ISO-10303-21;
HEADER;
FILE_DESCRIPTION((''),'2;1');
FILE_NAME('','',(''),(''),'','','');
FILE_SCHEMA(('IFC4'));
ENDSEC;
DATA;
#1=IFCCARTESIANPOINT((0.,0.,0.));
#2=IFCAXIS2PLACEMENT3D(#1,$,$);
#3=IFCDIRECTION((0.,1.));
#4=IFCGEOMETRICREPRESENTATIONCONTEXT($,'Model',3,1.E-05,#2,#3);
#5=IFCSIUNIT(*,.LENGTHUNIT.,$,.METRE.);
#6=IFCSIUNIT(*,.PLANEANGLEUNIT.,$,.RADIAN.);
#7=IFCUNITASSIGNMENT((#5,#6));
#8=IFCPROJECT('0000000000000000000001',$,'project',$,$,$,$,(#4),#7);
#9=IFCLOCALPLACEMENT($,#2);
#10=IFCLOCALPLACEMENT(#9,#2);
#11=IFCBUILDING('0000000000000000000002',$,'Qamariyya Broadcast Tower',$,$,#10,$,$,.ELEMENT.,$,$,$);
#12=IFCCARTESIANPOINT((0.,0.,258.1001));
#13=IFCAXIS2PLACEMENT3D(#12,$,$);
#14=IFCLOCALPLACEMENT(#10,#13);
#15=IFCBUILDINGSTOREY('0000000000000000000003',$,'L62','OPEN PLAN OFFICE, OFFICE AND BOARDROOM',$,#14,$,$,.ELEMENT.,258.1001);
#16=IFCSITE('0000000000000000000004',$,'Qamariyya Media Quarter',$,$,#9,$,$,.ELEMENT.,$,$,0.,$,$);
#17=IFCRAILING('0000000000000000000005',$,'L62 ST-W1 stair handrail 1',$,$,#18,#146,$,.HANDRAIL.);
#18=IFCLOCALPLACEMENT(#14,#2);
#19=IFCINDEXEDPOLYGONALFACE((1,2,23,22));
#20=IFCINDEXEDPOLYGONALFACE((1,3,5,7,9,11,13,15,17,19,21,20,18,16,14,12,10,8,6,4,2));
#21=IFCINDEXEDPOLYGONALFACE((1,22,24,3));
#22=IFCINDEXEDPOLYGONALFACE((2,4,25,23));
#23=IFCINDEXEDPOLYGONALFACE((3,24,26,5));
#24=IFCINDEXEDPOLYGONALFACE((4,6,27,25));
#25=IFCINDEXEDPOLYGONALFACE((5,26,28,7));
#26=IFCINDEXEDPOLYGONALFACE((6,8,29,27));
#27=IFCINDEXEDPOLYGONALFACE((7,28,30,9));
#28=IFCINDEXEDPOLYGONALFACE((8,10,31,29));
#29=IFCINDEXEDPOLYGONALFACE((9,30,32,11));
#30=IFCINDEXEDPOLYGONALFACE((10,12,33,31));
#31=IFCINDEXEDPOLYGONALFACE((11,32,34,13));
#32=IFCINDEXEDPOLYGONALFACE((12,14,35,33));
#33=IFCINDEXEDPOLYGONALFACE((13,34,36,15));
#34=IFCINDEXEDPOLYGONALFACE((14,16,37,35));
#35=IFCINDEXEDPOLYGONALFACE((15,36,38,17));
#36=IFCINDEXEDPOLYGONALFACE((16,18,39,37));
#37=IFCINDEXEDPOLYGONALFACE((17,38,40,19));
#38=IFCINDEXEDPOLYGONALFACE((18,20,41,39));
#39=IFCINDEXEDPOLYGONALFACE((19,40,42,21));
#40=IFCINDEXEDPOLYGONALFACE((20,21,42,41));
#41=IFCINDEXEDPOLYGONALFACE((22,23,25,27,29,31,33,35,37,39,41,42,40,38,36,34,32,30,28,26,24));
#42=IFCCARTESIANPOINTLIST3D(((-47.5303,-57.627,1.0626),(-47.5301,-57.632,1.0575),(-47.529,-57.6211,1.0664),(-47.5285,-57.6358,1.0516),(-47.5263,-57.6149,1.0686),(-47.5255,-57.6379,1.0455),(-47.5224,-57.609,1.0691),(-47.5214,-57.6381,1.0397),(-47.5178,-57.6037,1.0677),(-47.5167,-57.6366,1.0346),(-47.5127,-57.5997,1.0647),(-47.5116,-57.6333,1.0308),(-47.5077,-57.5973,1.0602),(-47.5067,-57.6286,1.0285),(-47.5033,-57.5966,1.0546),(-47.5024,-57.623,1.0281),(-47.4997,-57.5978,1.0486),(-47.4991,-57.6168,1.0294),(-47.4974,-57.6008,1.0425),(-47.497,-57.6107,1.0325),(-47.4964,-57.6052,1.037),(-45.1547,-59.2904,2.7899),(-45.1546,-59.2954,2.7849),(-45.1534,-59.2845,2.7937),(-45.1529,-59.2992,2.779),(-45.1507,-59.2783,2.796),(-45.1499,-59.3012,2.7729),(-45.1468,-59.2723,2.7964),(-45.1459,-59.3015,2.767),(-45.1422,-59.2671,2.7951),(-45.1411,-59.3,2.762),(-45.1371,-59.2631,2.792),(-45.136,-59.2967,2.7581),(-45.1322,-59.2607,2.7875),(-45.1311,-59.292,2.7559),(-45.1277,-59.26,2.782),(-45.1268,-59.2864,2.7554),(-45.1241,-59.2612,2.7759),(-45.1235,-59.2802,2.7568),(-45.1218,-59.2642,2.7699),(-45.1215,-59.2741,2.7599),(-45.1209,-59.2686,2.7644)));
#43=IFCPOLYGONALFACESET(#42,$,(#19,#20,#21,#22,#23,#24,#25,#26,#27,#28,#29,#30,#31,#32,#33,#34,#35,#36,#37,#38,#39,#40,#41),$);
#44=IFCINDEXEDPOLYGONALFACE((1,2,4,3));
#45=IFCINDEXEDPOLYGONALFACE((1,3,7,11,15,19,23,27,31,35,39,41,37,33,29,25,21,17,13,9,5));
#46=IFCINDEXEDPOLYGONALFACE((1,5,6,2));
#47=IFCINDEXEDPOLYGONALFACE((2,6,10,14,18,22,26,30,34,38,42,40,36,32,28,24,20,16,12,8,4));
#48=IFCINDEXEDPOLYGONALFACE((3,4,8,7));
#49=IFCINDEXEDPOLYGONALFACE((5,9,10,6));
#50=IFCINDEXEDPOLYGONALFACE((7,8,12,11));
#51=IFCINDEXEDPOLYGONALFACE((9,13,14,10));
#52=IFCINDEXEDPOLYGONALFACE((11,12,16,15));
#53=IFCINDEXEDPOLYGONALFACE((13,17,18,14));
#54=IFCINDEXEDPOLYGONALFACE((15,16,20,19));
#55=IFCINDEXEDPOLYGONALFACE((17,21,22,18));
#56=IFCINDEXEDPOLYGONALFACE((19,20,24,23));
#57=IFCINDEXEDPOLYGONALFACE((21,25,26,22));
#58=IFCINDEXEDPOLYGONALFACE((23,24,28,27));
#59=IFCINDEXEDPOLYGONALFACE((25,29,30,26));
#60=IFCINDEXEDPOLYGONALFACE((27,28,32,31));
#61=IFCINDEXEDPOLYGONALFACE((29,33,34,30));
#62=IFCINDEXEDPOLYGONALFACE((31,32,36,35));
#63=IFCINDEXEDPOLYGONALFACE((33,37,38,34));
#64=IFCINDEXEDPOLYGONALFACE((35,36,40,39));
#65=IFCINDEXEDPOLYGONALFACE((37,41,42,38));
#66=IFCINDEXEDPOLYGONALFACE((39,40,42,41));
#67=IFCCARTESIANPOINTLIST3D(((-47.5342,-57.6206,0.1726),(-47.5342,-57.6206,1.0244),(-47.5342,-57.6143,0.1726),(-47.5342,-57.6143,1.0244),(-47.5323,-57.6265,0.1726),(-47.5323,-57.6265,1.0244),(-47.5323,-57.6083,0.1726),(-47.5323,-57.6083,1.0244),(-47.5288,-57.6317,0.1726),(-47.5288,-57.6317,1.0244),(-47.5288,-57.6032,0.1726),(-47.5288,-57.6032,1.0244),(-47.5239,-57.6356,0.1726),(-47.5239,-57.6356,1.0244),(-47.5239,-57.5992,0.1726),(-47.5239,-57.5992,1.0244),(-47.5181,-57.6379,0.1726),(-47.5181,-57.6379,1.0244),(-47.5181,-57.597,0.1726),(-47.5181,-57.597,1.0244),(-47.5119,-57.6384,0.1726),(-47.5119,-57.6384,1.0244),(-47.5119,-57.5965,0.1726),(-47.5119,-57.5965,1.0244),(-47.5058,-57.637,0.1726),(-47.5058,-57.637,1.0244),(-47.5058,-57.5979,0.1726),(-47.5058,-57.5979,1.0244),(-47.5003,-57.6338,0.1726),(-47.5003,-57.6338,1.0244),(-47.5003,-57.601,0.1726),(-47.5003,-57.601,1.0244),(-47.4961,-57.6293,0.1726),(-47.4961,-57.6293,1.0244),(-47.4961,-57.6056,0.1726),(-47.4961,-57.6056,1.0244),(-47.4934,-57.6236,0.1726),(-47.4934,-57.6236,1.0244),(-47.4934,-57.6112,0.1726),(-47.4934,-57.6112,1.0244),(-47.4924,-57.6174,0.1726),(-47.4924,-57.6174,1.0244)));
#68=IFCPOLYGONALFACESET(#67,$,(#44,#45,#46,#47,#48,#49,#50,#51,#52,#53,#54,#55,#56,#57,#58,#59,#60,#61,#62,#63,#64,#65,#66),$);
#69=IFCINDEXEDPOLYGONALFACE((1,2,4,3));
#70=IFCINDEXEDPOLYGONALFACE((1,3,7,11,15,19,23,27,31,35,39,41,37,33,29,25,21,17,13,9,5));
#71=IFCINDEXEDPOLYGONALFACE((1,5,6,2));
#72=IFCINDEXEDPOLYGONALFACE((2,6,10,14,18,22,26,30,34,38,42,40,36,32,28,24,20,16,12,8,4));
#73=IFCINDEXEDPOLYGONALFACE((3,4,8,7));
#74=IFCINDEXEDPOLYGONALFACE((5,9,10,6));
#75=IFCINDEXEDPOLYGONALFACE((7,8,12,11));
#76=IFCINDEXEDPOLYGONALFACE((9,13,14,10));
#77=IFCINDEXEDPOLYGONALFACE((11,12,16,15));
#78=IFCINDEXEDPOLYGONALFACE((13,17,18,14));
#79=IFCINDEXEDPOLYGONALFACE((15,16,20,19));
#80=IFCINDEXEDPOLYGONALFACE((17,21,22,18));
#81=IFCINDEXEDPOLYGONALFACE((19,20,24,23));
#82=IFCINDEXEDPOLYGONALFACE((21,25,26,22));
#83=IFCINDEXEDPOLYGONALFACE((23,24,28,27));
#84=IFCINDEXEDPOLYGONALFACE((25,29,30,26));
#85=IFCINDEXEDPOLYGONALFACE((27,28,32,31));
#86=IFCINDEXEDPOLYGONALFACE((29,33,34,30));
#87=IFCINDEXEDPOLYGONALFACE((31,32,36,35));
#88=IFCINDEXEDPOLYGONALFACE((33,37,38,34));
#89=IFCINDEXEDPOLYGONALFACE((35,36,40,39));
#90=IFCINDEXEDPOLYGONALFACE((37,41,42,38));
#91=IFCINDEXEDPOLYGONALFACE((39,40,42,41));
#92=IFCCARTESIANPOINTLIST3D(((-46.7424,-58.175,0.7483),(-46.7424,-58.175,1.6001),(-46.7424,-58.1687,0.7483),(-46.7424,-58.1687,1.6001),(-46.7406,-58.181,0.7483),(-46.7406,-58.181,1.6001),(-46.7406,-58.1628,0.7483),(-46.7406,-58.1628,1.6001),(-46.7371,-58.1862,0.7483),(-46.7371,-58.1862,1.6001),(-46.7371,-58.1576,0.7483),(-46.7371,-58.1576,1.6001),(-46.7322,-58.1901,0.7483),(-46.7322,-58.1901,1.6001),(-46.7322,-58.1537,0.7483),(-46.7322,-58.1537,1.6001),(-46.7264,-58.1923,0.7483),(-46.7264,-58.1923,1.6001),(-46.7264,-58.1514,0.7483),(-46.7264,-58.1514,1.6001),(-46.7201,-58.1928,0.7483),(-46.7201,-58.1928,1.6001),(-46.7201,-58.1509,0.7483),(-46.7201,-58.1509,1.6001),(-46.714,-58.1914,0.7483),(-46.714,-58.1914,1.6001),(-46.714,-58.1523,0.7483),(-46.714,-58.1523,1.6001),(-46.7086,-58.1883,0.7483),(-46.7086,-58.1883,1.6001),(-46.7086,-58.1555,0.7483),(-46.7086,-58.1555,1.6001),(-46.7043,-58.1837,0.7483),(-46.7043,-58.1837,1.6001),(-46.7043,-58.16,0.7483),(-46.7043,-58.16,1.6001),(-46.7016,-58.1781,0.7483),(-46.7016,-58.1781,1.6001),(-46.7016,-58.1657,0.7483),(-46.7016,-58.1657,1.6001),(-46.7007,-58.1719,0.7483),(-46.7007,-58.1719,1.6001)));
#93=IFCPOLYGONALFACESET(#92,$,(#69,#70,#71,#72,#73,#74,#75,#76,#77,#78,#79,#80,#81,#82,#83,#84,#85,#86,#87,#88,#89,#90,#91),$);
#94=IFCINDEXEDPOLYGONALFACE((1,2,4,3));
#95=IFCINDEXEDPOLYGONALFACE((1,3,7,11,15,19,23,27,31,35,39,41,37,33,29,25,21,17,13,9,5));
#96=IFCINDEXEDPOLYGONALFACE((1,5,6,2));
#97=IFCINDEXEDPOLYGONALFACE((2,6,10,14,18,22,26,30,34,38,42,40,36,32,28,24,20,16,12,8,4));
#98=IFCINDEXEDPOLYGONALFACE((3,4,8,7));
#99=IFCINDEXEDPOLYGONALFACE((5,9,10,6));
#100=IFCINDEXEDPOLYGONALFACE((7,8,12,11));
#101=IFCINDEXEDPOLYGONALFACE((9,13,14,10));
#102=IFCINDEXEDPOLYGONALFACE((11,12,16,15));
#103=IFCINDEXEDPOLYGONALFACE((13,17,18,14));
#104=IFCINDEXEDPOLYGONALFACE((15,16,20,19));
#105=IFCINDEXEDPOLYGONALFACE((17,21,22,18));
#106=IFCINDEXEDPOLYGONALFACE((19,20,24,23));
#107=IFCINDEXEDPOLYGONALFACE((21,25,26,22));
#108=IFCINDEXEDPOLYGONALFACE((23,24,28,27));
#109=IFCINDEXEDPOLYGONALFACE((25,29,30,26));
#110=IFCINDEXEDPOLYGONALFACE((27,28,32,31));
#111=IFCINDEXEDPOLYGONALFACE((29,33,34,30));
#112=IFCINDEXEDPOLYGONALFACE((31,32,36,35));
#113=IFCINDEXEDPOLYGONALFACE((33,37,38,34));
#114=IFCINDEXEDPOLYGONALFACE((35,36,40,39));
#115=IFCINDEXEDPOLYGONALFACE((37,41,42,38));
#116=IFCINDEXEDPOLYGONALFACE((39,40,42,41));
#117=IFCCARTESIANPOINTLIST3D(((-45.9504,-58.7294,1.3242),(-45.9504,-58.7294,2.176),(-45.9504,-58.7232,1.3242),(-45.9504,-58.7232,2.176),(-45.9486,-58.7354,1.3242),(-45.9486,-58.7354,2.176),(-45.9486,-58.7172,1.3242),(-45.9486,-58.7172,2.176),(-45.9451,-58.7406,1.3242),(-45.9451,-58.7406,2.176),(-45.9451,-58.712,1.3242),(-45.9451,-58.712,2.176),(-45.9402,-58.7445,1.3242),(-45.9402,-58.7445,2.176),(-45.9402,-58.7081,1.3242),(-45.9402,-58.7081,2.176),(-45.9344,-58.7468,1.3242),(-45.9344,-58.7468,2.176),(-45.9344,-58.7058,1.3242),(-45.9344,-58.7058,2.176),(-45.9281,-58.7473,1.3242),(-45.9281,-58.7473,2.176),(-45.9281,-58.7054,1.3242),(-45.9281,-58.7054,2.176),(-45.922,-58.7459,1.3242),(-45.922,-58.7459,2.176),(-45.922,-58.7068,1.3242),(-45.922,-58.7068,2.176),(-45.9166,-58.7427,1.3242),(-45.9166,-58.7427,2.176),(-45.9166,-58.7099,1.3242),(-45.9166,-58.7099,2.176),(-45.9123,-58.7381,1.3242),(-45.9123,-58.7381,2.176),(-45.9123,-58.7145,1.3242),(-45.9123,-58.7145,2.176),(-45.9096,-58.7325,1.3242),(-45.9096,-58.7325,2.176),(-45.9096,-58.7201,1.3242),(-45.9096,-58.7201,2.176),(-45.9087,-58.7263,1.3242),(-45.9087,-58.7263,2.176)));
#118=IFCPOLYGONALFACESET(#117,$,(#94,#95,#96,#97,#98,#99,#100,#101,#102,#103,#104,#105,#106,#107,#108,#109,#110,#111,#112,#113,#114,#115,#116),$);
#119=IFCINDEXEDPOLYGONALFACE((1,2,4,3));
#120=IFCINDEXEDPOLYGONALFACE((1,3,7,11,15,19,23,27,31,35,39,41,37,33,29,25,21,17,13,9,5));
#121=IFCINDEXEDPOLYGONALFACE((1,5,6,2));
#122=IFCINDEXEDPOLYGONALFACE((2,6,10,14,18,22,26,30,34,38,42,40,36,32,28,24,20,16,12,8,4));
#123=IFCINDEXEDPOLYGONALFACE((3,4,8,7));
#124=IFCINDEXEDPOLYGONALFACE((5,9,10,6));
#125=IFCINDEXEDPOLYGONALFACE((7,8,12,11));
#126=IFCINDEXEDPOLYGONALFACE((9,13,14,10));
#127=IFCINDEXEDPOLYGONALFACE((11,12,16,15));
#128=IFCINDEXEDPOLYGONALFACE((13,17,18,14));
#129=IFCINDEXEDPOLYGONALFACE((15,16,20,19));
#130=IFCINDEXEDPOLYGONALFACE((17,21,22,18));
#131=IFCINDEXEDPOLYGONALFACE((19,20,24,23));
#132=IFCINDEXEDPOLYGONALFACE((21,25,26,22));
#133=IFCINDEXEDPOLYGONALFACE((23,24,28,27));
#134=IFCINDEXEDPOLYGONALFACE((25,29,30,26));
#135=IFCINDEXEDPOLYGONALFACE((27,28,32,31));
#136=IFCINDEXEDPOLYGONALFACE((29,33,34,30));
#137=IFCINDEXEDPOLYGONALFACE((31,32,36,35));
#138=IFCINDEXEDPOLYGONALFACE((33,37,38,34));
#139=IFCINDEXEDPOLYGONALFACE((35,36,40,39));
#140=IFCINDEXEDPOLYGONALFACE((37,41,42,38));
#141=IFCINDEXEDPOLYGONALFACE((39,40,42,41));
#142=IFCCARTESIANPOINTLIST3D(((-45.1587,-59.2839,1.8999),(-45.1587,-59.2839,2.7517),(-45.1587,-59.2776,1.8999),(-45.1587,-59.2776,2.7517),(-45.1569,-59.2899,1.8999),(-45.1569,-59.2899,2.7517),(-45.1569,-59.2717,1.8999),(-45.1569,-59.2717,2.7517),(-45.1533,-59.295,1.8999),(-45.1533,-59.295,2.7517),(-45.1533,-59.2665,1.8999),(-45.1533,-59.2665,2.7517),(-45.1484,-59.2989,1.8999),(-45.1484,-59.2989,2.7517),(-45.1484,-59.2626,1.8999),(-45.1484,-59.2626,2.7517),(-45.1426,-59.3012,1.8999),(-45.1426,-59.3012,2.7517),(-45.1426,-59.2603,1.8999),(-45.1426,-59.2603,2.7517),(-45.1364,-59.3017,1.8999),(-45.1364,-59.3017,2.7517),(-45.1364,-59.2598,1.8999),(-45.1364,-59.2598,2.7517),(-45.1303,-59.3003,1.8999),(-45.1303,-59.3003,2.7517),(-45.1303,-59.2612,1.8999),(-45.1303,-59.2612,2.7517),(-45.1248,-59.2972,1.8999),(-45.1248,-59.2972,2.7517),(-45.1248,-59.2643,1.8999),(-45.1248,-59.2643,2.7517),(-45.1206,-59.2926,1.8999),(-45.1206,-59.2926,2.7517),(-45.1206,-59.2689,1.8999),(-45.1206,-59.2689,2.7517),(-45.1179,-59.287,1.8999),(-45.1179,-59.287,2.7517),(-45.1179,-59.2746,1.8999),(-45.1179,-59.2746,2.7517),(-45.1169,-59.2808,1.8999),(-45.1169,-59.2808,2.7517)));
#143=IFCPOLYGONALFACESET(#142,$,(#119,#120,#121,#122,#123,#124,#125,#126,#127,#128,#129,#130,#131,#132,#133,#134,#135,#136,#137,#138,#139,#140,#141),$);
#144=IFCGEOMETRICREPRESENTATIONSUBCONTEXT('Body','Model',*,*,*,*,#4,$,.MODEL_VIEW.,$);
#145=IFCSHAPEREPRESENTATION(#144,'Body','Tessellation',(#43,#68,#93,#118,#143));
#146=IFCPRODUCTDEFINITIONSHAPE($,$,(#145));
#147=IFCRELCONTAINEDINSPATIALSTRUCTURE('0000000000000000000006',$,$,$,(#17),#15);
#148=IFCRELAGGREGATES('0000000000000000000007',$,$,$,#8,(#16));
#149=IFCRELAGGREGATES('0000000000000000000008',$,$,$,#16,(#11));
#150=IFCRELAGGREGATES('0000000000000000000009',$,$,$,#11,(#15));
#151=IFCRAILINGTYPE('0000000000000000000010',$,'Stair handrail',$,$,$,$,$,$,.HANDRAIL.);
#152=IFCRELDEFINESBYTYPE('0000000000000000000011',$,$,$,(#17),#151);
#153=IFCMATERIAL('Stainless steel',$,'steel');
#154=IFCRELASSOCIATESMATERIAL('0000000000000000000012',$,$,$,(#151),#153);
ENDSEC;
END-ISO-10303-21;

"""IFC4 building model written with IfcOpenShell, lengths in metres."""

from ifc_helpers import new_model, si_unit, direction, frame, origin, origin_2d, place, context, subcontext, project, spatial, circle, extrude, material, type_object, element, save


model = new_model("IFC4")

# Units and contexts
model_context = context("Model", 3, precision=1e-05, world=origin(), true_north=direction((0.0, 1.0)))
body_context = subcontext(model_context, "Body", "Model", "MODEL_VIEW")
ifc_project = project(units=[si_unit("LENGTHUNIT", "METRE"), si_unit("PLANEANGLEUNIT", "RADIAN")], contexts=[model_context])

# Site, building, storey
site_placement = place(None, origin())
site = spatial("IfcSite", under=ifc_project, at=site_placement, Name="Qamariyya Media Quarter", CompositionType="ELEMENT", RefElevation=0.0)
building_placement = place(site_placement, origin())
building = spatial("IfcBuilding", under=site, at=building_placement, Name="Qamariyya Broadcast Tower", CompositionType="ELEMENT")
storey_placement = place(building_placement, frame((0.0, 0.0, 258.1001)))
storey = spatial("IfcBuildingStorey", under=building, at=storey_placement, Name="L62", Description="OPEN PLAN OFFICE, OFFICE AND BOARDROOM", CompositionType="ELEMENT", Elevation=258.1001)

# Railing
ifc_material_1 = material(Name="Stainless steel", Category="steel")
railing_type_1 = type_object("IfcRailingType", Name="Stair handrail", PredefinedType="HANDRAIL", material=ifc_material_1)
railing_1_placement = place(storey_placement, frame((-47.5134, -57.6174, 0.1726)))
element("IfcRailing", 1, at=railing_1_placement, inside=storey, type_object=railing_type_1, Name="L62 ST-W1 stair handrail 1", PredefinedType="HANDRAIL", context=body_context, shape_type="SweptSolid", body=[
    extrude(circle(Radius=0.0239, at=origin_2d()), frame((0.0, 0.0, 0.876), z_axis=(0.70377, -0.492784, 0.511734), x_axis=(0.573575, 0.819153, 0.0)), (0.0, 0.0, 1.0), 3.3755),
    extrude(circle(Radius=0.021, at=origin_2d()), origin(), (0.0, 0.0, 1.0), 0.8518),
    extrude(circle(Radius=0.021, at=origin_2d()), frame((0.7917, -0.5544, 0.5757)), (0.0, 0.0, 1.0), 0.8518),
    extrude(circle(Radius=0.021, at=origin_2d()), frame((1.5837, -1.1089, 1.1516)), (0.0, 0.0, 1.0), 0.8518),
    extrude(circle(Radius=0.021, at=origin_2d()), frame((2.3755, -1.6633, 1.7273)), (0.0, 0.0, 1.0), 0.8518),
])

save(model, "model.ifc")
